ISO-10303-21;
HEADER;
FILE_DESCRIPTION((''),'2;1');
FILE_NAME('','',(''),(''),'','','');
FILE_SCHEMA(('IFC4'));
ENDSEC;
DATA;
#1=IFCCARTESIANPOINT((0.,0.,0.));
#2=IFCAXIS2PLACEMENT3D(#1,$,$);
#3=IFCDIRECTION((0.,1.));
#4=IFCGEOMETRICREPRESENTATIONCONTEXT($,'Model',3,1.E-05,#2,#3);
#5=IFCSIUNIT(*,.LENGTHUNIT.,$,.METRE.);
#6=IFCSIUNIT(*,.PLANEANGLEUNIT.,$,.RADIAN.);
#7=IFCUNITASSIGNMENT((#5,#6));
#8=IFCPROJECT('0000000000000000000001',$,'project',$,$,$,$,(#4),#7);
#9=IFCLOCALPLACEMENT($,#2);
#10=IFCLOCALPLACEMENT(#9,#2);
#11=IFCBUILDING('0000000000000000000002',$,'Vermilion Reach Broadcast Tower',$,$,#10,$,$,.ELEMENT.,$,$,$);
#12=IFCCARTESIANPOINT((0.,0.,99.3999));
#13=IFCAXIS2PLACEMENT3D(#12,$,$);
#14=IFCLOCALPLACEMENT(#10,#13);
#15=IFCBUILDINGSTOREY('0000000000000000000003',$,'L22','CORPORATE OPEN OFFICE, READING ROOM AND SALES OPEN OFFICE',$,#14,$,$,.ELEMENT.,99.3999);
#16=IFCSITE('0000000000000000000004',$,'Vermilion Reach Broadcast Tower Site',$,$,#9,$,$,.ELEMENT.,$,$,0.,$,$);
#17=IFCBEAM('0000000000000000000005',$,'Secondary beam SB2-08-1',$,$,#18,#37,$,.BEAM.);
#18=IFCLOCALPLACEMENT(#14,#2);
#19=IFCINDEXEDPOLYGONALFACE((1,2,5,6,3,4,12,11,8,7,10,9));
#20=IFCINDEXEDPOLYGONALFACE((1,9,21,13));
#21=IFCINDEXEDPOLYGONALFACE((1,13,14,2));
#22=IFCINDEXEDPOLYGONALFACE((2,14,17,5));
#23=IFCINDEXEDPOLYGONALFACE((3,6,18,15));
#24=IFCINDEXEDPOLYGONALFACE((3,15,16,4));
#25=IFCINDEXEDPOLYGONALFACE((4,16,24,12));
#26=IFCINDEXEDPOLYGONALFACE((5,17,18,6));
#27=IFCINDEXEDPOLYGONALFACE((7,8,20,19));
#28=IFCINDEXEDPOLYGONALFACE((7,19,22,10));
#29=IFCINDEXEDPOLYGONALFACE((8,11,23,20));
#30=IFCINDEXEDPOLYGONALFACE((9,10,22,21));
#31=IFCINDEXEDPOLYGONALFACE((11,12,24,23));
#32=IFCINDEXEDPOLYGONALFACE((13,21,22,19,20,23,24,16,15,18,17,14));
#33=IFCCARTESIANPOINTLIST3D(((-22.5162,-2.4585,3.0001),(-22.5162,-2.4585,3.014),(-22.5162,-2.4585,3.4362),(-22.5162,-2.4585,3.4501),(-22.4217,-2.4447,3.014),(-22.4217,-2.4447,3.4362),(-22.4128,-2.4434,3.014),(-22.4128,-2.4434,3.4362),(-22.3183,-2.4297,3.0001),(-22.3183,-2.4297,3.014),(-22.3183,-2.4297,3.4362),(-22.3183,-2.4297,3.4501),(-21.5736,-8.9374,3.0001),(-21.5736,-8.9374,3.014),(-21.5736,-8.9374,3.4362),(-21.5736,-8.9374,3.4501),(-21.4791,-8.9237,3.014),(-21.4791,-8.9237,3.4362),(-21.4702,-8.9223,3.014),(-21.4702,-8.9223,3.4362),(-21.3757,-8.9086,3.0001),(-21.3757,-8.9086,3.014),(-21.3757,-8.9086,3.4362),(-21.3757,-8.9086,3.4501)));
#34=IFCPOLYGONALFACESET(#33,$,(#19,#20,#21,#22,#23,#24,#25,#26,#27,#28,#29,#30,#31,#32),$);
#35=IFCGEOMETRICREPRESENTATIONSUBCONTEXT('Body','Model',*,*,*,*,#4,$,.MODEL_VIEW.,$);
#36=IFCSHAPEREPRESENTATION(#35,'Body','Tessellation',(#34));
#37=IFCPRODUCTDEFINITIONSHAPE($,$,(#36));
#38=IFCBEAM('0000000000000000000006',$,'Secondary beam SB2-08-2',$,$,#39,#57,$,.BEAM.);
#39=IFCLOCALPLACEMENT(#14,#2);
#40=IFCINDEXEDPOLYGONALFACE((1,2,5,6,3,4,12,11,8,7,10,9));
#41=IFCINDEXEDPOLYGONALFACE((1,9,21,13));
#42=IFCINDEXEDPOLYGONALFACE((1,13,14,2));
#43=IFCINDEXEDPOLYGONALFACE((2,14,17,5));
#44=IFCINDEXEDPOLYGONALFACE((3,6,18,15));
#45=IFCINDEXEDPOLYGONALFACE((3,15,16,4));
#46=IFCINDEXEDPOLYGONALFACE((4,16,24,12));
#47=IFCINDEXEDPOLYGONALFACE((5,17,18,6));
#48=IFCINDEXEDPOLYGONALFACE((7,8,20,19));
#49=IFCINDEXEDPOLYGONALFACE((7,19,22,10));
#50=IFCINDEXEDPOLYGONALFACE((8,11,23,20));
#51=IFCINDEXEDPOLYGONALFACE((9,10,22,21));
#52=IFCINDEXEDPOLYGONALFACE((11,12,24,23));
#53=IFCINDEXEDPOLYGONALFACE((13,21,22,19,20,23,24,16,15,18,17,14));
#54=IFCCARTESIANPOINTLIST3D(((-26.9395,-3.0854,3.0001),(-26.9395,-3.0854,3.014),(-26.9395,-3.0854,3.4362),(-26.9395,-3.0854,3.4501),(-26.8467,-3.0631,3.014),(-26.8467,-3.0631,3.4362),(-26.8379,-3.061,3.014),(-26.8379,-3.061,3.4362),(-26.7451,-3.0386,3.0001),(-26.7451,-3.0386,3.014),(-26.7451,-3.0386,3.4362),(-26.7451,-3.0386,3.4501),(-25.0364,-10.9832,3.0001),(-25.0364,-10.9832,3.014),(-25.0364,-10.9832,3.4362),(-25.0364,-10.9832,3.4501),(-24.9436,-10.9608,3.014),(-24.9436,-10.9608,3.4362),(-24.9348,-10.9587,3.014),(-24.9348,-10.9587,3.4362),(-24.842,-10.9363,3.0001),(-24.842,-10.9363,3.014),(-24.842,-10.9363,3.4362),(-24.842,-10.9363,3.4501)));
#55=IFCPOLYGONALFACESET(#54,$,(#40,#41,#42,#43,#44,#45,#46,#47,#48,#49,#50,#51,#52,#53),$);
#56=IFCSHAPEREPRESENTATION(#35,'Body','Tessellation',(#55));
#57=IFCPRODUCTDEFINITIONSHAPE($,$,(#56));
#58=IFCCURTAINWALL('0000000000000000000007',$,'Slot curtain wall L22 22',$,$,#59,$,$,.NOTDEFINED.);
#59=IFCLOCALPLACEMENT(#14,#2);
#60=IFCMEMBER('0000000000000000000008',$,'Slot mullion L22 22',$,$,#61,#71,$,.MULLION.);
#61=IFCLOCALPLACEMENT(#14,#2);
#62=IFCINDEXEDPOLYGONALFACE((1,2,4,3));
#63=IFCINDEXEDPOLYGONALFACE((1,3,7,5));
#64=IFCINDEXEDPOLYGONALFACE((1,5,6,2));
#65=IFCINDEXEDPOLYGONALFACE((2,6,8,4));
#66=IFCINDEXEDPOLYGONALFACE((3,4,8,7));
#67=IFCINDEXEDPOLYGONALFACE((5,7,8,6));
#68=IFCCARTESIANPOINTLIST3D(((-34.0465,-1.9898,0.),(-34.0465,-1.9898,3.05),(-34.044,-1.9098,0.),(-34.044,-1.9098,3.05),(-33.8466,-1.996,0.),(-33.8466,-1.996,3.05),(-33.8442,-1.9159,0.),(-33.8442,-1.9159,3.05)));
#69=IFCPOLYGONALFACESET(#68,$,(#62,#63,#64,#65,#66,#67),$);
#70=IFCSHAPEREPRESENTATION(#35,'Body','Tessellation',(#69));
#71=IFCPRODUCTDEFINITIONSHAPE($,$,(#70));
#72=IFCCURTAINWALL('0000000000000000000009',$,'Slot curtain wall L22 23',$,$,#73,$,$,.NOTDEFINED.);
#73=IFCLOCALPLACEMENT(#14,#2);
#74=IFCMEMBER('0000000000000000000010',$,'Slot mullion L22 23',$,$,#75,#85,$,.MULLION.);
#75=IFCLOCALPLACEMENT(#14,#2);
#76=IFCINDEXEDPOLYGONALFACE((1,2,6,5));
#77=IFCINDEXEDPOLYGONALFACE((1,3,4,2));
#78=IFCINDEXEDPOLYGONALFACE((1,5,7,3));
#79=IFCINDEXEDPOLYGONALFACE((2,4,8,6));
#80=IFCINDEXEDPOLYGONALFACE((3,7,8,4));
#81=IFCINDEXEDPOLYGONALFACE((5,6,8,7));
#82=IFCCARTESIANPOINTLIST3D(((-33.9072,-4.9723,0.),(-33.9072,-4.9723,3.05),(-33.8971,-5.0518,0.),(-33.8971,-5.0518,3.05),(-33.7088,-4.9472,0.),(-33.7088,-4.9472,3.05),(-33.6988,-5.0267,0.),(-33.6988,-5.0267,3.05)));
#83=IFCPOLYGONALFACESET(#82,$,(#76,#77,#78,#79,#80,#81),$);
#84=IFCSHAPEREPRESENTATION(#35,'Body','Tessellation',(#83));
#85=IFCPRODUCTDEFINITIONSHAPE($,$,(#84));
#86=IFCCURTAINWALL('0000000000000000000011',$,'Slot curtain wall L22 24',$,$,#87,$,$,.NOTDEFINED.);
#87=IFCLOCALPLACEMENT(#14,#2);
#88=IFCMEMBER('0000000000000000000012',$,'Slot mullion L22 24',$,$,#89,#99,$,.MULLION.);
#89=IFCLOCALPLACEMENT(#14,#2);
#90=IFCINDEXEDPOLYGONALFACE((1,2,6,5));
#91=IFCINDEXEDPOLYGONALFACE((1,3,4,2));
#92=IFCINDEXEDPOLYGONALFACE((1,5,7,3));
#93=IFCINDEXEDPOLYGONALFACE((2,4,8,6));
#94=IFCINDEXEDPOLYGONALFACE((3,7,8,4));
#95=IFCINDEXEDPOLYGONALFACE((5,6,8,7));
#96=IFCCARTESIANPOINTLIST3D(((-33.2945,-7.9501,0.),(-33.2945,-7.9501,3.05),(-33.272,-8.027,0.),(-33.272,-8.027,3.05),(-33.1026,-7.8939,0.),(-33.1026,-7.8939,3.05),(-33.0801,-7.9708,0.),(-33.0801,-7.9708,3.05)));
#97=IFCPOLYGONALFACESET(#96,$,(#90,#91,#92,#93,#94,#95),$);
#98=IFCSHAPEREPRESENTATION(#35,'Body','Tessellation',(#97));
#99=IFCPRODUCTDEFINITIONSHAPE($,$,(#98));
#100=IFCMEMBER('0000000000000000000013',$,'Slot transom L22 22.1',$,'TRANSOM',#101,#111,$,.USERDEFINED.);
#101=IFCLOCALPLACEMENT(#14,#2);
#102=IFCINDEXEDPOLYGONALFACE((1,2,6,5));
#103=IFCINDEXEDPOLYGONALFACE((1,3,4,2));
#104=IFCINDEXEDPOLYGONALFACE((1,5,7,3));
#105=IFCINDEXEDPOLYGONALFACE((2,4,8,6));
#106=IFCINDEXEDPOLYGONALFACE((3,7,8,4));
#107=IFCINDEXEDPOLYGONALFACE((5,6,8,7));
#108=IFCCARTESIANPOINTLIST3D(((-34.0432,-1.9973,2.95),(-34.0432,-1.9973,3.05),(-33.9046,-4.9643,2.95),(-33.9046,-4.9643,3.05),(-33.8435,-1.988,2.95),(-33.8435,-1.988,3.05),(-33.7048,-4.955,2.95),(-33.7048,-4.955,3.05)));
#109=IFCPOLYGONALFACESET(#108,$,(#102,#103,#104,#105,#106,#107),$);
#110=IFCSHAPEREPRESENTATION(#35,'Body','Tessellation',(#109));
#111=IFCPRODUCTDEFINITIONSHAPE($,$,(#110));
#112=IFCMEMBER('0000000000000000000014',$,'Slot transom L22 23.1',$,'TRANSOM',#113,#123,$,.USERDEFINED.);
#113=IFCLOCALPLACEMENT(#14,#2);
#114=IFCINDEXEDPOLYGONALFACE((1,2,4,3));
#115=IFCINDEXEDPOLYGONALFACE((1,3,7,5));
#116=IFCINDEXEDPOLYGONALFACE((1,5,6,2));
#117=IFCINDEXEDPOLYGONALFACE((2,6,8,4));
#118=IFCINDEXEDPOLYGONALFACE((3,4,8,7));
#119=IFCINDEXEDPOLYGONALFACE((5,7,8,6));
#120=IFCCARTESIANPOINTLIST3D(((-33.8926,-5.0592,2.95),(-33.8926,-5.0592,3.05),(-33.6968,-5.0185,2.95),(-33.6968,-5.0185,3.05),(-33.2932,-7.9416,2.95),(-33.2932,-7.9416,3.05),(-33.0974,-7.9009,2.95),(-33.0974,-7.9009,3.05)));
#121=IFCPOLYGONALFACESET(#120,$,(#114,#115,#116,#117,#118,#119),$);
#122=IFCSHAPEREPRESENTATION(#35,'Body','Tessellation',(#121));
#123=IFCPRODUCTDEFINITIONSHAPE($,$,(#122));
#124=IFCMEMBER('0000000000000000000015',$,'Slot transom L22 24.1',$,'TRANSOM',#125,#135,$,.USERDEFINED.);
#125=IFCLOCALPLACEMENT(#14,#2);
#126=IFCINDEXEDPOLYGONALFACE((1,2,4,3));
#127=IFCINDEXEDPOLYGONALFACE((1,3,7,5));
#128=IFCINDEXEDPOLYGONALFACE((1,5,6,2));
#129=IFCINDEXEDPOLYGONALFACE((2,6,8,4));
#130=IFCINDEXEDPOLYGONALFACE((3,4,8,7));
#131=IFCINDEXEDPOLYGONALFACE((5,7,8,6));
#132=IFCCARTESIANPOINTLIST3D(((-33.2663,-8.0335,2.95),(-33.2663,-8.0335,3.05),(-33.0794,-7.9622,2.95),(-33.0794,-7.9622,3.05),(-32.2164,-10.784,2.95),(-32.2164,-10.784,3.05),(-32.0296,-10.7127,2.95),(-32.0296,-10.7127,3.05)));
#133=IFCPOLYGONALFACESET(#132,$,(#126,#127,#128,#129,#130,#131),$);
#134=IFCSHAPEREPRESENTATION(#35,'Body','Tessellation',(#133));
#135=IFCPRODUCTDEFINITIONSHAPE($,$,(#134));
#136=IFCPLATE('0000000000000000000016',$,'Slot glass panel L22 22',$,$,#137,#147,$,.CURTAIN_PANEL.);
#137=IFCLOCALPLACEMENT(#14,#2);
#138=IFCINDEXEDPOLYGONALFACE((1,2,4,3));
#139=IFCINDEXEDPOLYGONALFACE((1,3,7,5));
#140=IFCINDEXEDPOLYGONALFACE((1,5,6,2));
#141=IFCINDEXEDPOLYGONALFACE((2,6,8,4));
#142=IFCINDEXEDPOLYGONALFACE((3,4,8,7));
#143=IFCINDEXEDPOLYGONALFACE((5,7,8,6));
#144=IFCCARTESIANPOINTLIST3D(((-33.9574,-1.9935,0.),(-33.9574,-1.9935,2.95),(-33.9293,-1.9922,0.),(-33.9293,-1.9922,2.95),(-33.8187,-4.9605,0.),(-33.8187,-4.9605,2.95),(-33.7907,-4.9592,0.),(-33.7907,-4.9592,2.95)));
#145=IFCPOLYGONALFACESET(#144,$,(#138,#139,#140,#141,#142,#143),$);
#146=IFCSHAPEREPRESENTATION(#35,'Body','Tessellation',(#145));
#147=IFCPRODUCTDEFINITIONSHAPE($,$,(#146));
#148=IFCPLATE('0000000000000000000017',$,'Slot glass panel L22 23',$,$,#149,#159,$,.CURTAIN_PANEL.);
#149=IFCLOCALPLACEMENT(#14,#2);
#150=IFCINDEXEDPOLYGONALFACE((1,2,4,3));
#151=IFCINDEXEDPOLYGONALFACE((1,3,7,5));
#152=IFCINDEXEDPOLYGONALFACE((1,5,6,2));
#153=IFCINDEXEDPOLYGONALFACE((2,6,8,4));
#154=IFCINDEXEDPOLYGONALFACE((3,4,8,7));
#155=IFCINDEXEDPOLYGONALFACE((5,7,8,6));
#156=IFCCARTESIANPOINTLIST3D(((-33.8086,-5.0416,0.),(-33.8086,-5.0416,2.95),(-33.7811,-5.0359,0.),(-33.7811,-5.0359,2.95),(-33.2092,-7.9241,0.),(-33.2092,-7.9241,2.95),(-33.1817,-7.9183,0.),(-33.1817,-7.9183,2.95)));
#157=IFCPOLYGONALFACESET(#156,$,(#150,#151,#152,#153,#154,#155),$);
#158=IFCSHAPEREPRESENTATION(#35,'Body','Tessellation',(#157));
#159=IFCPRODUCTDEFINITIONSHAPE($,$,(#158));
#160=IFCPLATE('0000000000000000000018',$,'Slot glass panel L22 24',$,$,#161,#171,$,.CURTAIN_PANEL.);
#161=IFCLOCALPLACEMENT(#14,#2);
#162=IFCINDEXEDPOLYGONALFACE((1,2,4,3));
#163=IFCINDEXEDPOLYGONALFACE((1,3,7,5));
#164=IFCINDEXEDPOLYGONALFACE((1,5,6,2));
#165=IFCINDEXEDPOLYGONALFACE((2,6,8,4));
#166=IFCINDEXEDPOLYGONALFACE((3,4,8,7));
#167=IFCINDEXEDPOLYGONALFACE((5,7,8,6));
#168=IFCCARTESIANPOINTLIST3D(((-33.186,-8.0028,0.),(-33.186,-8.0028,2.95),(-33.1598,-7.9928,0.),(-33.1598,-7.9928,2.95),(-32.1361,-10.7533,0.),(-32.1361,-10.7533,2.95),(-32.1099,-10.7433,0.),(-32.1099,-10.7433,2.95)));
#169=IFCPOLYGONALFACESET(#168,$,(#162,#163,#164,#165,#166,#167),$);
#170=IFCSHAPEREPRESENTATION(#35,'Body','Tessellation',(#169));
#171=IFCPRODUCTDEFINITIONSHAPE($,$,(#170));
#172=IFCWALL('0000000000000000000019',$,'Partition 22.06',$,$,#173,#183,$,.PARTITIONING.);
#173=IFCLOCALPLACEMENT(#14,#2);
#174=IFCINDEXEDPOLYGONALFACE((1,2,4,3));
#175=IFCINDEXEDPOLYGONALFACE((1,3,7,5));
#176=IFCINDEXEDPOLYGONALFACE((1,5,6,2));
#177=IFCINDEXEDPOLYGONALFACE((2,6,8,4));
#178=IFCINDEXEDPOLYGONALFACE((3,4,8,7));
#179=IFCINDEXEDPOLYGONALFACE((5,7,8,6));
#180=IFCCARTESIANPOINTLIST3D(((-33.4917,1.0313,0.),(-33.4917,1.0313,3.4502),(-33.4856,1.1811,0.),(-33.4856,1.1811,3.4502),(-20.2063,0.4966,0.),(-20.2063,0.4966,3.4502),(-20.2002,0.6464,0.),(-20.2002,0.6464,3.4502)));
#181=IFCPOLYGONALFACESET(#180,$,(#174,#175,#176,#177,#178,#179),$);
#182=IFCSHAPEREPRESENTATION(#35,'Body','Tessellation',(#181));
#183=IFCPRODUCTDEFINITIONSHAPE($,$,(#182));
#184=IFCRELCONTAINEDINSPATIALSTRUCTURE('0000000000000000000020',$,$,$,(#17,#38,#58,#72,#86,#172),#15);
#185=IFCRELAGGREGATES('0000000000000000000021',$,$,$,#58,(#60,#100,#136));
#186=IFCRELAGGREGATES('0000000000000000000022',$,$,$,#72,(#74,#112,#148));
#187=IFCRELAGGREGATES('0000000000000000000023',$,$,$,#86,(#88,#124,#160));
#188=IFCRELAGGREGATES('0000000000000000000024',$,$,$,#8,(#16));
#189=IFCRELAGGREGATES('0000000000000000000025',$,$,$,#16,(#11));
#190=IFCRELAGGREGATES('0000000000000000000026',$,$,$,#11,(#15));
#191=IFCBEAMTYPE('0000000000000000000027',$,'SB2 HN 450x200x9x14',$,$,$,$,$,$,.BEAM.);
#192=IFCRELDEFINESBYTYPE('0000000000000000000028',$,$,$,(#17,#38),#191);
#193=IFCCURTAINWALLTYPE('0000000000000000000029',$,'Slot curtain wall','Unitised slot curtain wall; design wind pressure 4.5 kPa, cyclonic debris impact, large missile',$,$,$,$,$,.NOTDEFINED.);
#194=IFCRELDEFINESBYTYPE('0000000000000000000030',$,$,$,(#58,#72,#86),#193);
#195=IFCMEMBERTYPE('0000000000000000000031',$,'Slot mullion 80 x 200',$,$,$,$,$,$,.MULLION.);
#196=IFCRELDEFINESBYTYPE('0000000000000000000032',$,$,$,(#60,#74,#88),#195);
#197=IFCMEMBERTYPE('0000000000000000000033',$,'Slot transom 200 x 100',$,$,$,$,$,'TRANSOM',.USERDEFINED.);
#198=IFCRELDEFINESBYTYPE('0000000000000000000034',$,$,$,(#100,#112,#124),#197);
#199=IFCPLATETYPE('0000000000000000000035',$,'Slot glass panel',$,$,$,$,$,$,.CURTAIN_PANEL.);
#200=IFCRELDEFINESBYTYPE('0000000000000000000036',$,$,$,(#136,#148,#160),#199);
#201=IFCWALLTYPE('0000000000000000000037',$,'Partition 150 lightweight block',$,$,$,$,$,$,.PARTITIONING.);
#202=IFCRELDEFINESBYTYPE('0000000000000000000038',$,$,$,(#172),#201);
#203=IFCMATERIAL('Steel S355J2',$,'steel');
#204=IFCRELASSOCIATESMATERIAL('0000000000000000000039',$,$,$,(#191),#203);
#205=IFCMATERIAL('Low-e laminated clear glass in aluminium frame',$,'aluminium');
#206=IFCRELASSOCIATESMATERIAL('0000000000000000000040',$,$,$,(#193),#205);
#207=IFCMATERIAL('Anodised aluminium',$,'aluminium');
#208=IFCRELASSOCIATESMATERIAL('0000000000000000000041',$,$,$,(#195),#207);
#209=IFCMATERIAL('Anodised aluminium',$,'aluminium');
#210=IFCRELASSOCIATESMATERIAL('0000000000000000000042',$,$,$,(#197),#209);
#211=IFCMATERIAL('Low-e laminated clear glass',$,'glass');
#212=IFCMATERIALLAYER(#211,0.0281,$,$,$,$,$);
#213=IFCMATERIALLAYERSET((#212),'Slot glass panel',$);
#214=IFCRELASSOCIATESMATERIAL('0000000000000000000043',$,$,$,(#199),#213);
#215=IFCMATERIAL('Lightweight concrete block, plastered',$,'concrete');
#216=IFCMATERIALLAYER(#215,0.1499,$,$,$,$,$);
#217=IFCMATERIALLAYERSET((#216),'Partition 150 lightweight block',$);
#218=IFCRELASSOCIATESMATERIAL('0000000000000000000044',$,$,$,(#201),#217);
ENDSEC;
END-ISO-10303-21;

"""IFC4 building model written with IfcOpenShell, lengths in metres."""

from ifc_helpers import new_model, si_unit, direction, frame, frame_2d, origin, origin_2d, place, context, subcontext, project, spatial, rectangle, i_section, extrude, material, layer, layer_set, material_profile, profile_set, type_object, element, aggregate, save


model = new_model("IFC4")

# Units and contexts
model_context = context("Model", 3, precision=1e-05, world=origin(), true_north=direction((0.0, 1.0)))
body_context = subcontext(model_context, "Body", "Model", "MODEL_VIEW")
ifc_project = project(units=[si_unit("LENGTHUNIT", "METRE"), si_unit("PLANEANGLEUNIT", "RADIAN")], contexts=[model_context])

# Site, building, storey
site_placement = place(None, origin())
site = spatial("IfcSite", under=ifc_project, at=site_placement, Name="Vermilion Reach Broadcast Tower Site", CompositionType="ELEMENT", RefElevation=0.0)
building_placement = place(site_placement, origin())
building = spatial("IfcBuilding", under=site, at=building_placement, Name="Vermilion Reach Broadcast Tower", CompositionType="ELEMENT")
storey_placement = place(building_placement, frame((0.0, 0.0, 99.3999)))
storey = spatial("IfcBuildingStorey", under=building, at=storey_placement, Name="L22", Description="CORPORATE OPEN OFFICE, READING ROOM AND SALES OPEN OFFICE", CompositionType="ELEMENT", Elevation=99.3999)

# Beams
ifc_material_1 = material(Name="Steel S355J2", Category="steel")
ifc_material_profile_1 = material_profile(ifc_material_1, i_section(OverallWidth=0.2, OverallDepth=0.45, WebThickness=0.009, FlangeThickness=0.0139, at=origin_2d()), Name="S355J2 HN 450x200x9x14")
ifc_profile_set_1 = profile_set([ifc_material_profile_1], Name="Steel S355J2")
beam_type_1 = type_object("IfcBeamType", Name="SB2 HN 450x200x9x14", PredefinedType="BEAM", material=ifc_profile_set_1)
beam_1_placement = place(storey_placement, frame((-22.4172, -2.4441, 3.2251), z_axis=(0.143974, -0.989582, 0.0), x_axis=(0.989582, 0.143974, 0.0)))
element("IfcBeam", 1, at=beam_1_placement, inside=storey, type_object=beam_type_1, Name="Secondary beam SB2-08-1", PredefinedType="BEAM", context=body_context, shape_type="SweptSolid", body=[
    extrude(i_section(OverallWidth=0.2, OverallDepth=0.45, WebThickness=0.009, FlangeThickness=0.0139, at=origin_2d()), origin(), (0.0, 0.0, 1.0), 6.5471),
])
beam_2_placement = place(storey_placement, frame((-26.8423, -3.062, 3.2251), z_axis=(0.234261, -0.972174, 0.0), x_axis=(0.972174, 0.234261, 0.0)))
element("IfcBeam", 2, at=beam_2_placement, inside=storey, type_object=beam_type_1, Name="Secondary beam SB2-08-2", PredefinedType="BEAM", context=body_context, shape_type="SweptSolid", body=[
    extrude(i_section(OverallWidth=0.2, OverallDepth=0.45, WebThickness=0.009, FlangeThickness=0.0139, at=origin_2d()), origin(), (0.0, 0.0, 1.0), 8.1238),
])

# Curtain walls, members
ifc_material_2 = material(Name="Low-e laminated clear glass in aluminium frame", Category="aluminium")
curtain_wall_type = type_object("IfcCurtainWallType", Name="Slot curtain wall", Description="Unitised slot curtain wall; design wind pressure 4.5 kPa, cyclonic debris impact, large missile", PredefinedType="NOTDEFINED", material=ifc_material_2)
placement = place(storey_placement, origin())
curtain_wall_1 = element("IfcCurtainWall", 3, at=placement, inside=storey, type_object=curtain_wall_type, Name="Slot curtain wall L22 22", PredefinedType="NOTDEFINED")
ifc_material_3 = material(Name="Anodised aluminium", Category="aluminium")
ifc_material_profile_2 = material_profile(ifc_material_3, rectangle(XDim=0.2, YDim=0.0801, at=origin_2d()), Name="Slot mullion 80 x 200")
ifc_profile_set_2 = profile_set([ifc_material_profile_2], Name="Anodised aluminium")
member_type_1 = type_object("IfcMemberType", Name="Slot mullion 80 x 200", PredefinedType="MULLION", material=ifc_profile_set_2)
member_1_placement = place(storey_placement, frame((-33.9453, -1.9529, 0.0), z_axis=(0.0, 0.0, 1.0), x_axis=(0.999532, -0.030598, 0.0)))
member_1 = element("IfcMember", 4, at=member_1_placement, type_object=member_type_1, Name="Slot mullion L22 22", PredefinedType="MULLION", context=body_context, shape_type="SweptSolid", body=[
    extrude(rectangle(XDim=0.2, YDim=0.0801, at=origin_2d()), origin(), (0.0, 0.0, 1.0), 3.05),
])
curtain_wall_2 = element("IfcCurtainWall", 5, at=placement, inside=storey, type_object=curtain_wall_type, Name="Slot curtain wall L22 23", PredefinedType="NOTDEFINED")
member_2_placement = place(storey_placement, frame((-33.803, -4.9995, 0.0), z_axis=(0.0, 0.0, 1.0), x_axis=(0.99209, 0.125526, 0.0)))
member_2 = element("IfcMember", 6, at=member_2_placement, type_object=member_type_1, Name="Slot mullion L22 23", PredefinedType="MULLION", context=body_context, shape_type="SweptSolid", body=[
    extrude(rectangle(XDim=0.2, YDim=0.0801, at=origin_2d()), origin(), (0.0, 0.0, 1.0), 3.05),
])
curtain_wall_3 = element("IfcCurtainWall", 7, at=placement, inside=storey, type_object=curtain_wall_type, Name="Slot curtain wall L22 24", PredefinedType="NOTDEFINED")
member_3_placement = place(storey_placement, frame((-33.1873, -7.9604, 0.0), z_axis=(0.0, 0.0, 1.0), x_axis=(0.959707, 0.281002, 0.0)))
member_3 = element("IfcMember", 8, at=member_3_placement, type_object=member_type_1, Name="Slot mullion L22 24", PredefinedType="MULLION", context=body_context, shape_type="SweptSolid", body=[
    extrude(rectangle(XDim=0.2, YDim=0.0801, at=origin_2d()), origin(), (0.0, 0.0, 1.0), 3.05),
])

# Members
ifc_material_4 = material(Name="Anodised aluminium", Category="aluminium")
ifc_material_profile_3 = material_profile(ifc_material_4, rectangle(XDim=0.2, YDim=0.1001, at=origin_2d()), Name="Slot transom 200 x 100")
ifc_profile_set_3 = profile_set([ifc_material_profile_3], Name="Anodised aluminium")
member_type_2 = type_object("IfcMemberType", Name="Slot transom 200 x 100", ElementType="TRANSOM", PredefinedType="USERDEFINED", material=ifc_profile_set_3)
member_4_placement = place(storey_placement, frame((-33.9434, -1.9927, 3.0), z_axis=(0.046686, -0.99891, 0.0), x_axis=(0.99891, 0.046686, 0.0)))
member_4 = element("IfcMember", 9, at=member_4_placement, type_object=member_type_2, Name="Slot transom L22 22.1", ObjectType="TRANSOM", PredefinedType="USERDEFINED", context=body_context, shape_type="SweptSolid", body=[
    extrude(rectangle(XDim=0.2, YDim=0.1001, at=origin_2d()), origin(), (0.0, 0.0, 1.0), 2.9702),
])
member_5_placement = place(storey_placement, frame((-33.7947, -5.0388, 3.0), z_axis=(0.20359, -0.979056, 0.0), x_axis=(0.979056, 0.20359, 0.0)))
member_5 = element("IfcMember", 10, at=member_5_placement, type_object=member_type_2, Name="Slot transom L22 23.1", ObjectType="TRANSOM", PredefinedType="USERDEFINED", context=body_context, shape_type="SweptSolid", body=[
    extrude(rectangle(XDim=0.2, YDim=0.1001, at=origin_2d()), origin(), (0.0, 0.0, 1.0), 2.9441),
])
member_6_placement = place(storey_placement, frame((-33.1729, -7.9978, 3.0), z_axis=(0.356588, -0.934262, 0.0), x_axis=(0.934262, 0.356588, 0.0)))
member_6 = element("IfcMember", 11, at=member_6_placement, type_object=member_type_2, Name="Slot transom L22 24.1", ObjectType="TRANSOM", PredefinedType="USERDEFINED", context=body_context, shape_type="SweptSolid", body=[
    extrude(rectangle(XDim=0.2, YDim=0.1001, at=origin_2d()), origin(), (0.0, 0.0, 1.0), 2.9441),
])

# Plates
ifc_material_5 = material(Name="Low-e laminated clear glass", Category="glass")
ifc_layer_1 = layer(ifc_material_5, 0.0281)
ifc_layer_set_1 = layer_set([ifc_layer_1], Name="Slot glass panel")
plate_type = type_object("IfcPlateType", Name="Slot glass panel", PredefinedType="CURTAIN_PANEL", material=ifc_layer_set_1)
plate_1_placement = place(storey_placement, frame((-33.874, -3.4763, 0.0), z_axis=(0.0, 0.0, 1.0), x_axis=(0.046679, -0.99891, 0.0)))
plate_1 = element("IfcPlate", 12, at=plate_1_placement, type_object=plate_type, Name="Slot glass panel L22 22", PredefinedType="CURTAIN_PANEL", context=body_context, shape_type="SweptSolid", body=[
    extrude(rectangle(XDim=2.9702, YDim=0.0281, at=origin_2d()), origin(), (0.0, 0.0, 1.0), 2.95),
])
aggregate(curtain_wall_1, [member_1, member_4, plate_1])
plate_2_placement = place(storey_placement, frame((-33.4951, -6.48, 0.0), z_axis=(0.0, 0.0, 1.0), x_axis=(0.203587, -0.979057, 0.0)))
plate_2 = element("IfcPlate", 13, at=plate_2_placement, type_object=plate_type, Name="Slot glass panel L22 23", PredefinedType="CURTAIN_PANEL", context=body_context, shape_type="SweptSolid", body=[
    extrude(rectangle(XDim=2.9441, YDim=0.0281, at=origin_2d()), origin(), (0.0, 0.0, 1.0), 2.95),
])
aggregate(curtain_wall_2, [member_2, member_5, plate_2])
plate_3_placement = place(storey_placement, frame((-32.6479, -9.373, 0.0), z_axis=(0.0, 0.0, 1.0), x_axis=(0.356627, -0.934247, 0.0)))
plate_3 = element("IfcPlate", 14, at=plate_3_placement, type_object=plate_type, Name="Slot glass panel L22 24", PredefinedType="CURTAIN_PANEL", context=body_context, shape_type="SweptSolid", body=[
    extrude(rectangle(XDim=2.9441, YDim=0.0281, at=origin_2d()), origin(), (0.0, 0.0, 1.0), 2.95),
])
aggregate(curtain_wall_3, [member_3, member_6, plate_3])

# Wall
ifc_material_6 = material(Name="Lightweight concrete block, plastered", Category="concrete")
ifc_layer_2 = layer(ifc_material_6, 0.1499)
ifc_layer_set_2 = layer_set([ifc_layer_2], Name="Partition 150 lightweight block")
wall_type_1 = type_object("IfcWallType", Name="Partition 150 lightweight block", PredefinedType="PARTITIONING", material=ifc_layer_set_2)
wall_1_placement = place(storey_placement, frame((-33.4885, 1.1062, 0.0), z_axis=(0.0, 0.0, 1.0), x_axis=(0.999191, -0.040212, 0.0)))
element("IfcWall", 15, at=wall_1_placement, inside=storey, type_object=wall_type_1, Name="Partition 22.06", PredefinedType="PARTITIONING", context=body_context, shape_type="SweptSolid", body=[
    extrude(rectangle(XDim=13.2961, YDim=0.1499, at=frame_2d((6.6479, 0.0))), origin(), (0.0, 0.0, 1.0), 3.4502),
])

save(model, "model.ifc")
